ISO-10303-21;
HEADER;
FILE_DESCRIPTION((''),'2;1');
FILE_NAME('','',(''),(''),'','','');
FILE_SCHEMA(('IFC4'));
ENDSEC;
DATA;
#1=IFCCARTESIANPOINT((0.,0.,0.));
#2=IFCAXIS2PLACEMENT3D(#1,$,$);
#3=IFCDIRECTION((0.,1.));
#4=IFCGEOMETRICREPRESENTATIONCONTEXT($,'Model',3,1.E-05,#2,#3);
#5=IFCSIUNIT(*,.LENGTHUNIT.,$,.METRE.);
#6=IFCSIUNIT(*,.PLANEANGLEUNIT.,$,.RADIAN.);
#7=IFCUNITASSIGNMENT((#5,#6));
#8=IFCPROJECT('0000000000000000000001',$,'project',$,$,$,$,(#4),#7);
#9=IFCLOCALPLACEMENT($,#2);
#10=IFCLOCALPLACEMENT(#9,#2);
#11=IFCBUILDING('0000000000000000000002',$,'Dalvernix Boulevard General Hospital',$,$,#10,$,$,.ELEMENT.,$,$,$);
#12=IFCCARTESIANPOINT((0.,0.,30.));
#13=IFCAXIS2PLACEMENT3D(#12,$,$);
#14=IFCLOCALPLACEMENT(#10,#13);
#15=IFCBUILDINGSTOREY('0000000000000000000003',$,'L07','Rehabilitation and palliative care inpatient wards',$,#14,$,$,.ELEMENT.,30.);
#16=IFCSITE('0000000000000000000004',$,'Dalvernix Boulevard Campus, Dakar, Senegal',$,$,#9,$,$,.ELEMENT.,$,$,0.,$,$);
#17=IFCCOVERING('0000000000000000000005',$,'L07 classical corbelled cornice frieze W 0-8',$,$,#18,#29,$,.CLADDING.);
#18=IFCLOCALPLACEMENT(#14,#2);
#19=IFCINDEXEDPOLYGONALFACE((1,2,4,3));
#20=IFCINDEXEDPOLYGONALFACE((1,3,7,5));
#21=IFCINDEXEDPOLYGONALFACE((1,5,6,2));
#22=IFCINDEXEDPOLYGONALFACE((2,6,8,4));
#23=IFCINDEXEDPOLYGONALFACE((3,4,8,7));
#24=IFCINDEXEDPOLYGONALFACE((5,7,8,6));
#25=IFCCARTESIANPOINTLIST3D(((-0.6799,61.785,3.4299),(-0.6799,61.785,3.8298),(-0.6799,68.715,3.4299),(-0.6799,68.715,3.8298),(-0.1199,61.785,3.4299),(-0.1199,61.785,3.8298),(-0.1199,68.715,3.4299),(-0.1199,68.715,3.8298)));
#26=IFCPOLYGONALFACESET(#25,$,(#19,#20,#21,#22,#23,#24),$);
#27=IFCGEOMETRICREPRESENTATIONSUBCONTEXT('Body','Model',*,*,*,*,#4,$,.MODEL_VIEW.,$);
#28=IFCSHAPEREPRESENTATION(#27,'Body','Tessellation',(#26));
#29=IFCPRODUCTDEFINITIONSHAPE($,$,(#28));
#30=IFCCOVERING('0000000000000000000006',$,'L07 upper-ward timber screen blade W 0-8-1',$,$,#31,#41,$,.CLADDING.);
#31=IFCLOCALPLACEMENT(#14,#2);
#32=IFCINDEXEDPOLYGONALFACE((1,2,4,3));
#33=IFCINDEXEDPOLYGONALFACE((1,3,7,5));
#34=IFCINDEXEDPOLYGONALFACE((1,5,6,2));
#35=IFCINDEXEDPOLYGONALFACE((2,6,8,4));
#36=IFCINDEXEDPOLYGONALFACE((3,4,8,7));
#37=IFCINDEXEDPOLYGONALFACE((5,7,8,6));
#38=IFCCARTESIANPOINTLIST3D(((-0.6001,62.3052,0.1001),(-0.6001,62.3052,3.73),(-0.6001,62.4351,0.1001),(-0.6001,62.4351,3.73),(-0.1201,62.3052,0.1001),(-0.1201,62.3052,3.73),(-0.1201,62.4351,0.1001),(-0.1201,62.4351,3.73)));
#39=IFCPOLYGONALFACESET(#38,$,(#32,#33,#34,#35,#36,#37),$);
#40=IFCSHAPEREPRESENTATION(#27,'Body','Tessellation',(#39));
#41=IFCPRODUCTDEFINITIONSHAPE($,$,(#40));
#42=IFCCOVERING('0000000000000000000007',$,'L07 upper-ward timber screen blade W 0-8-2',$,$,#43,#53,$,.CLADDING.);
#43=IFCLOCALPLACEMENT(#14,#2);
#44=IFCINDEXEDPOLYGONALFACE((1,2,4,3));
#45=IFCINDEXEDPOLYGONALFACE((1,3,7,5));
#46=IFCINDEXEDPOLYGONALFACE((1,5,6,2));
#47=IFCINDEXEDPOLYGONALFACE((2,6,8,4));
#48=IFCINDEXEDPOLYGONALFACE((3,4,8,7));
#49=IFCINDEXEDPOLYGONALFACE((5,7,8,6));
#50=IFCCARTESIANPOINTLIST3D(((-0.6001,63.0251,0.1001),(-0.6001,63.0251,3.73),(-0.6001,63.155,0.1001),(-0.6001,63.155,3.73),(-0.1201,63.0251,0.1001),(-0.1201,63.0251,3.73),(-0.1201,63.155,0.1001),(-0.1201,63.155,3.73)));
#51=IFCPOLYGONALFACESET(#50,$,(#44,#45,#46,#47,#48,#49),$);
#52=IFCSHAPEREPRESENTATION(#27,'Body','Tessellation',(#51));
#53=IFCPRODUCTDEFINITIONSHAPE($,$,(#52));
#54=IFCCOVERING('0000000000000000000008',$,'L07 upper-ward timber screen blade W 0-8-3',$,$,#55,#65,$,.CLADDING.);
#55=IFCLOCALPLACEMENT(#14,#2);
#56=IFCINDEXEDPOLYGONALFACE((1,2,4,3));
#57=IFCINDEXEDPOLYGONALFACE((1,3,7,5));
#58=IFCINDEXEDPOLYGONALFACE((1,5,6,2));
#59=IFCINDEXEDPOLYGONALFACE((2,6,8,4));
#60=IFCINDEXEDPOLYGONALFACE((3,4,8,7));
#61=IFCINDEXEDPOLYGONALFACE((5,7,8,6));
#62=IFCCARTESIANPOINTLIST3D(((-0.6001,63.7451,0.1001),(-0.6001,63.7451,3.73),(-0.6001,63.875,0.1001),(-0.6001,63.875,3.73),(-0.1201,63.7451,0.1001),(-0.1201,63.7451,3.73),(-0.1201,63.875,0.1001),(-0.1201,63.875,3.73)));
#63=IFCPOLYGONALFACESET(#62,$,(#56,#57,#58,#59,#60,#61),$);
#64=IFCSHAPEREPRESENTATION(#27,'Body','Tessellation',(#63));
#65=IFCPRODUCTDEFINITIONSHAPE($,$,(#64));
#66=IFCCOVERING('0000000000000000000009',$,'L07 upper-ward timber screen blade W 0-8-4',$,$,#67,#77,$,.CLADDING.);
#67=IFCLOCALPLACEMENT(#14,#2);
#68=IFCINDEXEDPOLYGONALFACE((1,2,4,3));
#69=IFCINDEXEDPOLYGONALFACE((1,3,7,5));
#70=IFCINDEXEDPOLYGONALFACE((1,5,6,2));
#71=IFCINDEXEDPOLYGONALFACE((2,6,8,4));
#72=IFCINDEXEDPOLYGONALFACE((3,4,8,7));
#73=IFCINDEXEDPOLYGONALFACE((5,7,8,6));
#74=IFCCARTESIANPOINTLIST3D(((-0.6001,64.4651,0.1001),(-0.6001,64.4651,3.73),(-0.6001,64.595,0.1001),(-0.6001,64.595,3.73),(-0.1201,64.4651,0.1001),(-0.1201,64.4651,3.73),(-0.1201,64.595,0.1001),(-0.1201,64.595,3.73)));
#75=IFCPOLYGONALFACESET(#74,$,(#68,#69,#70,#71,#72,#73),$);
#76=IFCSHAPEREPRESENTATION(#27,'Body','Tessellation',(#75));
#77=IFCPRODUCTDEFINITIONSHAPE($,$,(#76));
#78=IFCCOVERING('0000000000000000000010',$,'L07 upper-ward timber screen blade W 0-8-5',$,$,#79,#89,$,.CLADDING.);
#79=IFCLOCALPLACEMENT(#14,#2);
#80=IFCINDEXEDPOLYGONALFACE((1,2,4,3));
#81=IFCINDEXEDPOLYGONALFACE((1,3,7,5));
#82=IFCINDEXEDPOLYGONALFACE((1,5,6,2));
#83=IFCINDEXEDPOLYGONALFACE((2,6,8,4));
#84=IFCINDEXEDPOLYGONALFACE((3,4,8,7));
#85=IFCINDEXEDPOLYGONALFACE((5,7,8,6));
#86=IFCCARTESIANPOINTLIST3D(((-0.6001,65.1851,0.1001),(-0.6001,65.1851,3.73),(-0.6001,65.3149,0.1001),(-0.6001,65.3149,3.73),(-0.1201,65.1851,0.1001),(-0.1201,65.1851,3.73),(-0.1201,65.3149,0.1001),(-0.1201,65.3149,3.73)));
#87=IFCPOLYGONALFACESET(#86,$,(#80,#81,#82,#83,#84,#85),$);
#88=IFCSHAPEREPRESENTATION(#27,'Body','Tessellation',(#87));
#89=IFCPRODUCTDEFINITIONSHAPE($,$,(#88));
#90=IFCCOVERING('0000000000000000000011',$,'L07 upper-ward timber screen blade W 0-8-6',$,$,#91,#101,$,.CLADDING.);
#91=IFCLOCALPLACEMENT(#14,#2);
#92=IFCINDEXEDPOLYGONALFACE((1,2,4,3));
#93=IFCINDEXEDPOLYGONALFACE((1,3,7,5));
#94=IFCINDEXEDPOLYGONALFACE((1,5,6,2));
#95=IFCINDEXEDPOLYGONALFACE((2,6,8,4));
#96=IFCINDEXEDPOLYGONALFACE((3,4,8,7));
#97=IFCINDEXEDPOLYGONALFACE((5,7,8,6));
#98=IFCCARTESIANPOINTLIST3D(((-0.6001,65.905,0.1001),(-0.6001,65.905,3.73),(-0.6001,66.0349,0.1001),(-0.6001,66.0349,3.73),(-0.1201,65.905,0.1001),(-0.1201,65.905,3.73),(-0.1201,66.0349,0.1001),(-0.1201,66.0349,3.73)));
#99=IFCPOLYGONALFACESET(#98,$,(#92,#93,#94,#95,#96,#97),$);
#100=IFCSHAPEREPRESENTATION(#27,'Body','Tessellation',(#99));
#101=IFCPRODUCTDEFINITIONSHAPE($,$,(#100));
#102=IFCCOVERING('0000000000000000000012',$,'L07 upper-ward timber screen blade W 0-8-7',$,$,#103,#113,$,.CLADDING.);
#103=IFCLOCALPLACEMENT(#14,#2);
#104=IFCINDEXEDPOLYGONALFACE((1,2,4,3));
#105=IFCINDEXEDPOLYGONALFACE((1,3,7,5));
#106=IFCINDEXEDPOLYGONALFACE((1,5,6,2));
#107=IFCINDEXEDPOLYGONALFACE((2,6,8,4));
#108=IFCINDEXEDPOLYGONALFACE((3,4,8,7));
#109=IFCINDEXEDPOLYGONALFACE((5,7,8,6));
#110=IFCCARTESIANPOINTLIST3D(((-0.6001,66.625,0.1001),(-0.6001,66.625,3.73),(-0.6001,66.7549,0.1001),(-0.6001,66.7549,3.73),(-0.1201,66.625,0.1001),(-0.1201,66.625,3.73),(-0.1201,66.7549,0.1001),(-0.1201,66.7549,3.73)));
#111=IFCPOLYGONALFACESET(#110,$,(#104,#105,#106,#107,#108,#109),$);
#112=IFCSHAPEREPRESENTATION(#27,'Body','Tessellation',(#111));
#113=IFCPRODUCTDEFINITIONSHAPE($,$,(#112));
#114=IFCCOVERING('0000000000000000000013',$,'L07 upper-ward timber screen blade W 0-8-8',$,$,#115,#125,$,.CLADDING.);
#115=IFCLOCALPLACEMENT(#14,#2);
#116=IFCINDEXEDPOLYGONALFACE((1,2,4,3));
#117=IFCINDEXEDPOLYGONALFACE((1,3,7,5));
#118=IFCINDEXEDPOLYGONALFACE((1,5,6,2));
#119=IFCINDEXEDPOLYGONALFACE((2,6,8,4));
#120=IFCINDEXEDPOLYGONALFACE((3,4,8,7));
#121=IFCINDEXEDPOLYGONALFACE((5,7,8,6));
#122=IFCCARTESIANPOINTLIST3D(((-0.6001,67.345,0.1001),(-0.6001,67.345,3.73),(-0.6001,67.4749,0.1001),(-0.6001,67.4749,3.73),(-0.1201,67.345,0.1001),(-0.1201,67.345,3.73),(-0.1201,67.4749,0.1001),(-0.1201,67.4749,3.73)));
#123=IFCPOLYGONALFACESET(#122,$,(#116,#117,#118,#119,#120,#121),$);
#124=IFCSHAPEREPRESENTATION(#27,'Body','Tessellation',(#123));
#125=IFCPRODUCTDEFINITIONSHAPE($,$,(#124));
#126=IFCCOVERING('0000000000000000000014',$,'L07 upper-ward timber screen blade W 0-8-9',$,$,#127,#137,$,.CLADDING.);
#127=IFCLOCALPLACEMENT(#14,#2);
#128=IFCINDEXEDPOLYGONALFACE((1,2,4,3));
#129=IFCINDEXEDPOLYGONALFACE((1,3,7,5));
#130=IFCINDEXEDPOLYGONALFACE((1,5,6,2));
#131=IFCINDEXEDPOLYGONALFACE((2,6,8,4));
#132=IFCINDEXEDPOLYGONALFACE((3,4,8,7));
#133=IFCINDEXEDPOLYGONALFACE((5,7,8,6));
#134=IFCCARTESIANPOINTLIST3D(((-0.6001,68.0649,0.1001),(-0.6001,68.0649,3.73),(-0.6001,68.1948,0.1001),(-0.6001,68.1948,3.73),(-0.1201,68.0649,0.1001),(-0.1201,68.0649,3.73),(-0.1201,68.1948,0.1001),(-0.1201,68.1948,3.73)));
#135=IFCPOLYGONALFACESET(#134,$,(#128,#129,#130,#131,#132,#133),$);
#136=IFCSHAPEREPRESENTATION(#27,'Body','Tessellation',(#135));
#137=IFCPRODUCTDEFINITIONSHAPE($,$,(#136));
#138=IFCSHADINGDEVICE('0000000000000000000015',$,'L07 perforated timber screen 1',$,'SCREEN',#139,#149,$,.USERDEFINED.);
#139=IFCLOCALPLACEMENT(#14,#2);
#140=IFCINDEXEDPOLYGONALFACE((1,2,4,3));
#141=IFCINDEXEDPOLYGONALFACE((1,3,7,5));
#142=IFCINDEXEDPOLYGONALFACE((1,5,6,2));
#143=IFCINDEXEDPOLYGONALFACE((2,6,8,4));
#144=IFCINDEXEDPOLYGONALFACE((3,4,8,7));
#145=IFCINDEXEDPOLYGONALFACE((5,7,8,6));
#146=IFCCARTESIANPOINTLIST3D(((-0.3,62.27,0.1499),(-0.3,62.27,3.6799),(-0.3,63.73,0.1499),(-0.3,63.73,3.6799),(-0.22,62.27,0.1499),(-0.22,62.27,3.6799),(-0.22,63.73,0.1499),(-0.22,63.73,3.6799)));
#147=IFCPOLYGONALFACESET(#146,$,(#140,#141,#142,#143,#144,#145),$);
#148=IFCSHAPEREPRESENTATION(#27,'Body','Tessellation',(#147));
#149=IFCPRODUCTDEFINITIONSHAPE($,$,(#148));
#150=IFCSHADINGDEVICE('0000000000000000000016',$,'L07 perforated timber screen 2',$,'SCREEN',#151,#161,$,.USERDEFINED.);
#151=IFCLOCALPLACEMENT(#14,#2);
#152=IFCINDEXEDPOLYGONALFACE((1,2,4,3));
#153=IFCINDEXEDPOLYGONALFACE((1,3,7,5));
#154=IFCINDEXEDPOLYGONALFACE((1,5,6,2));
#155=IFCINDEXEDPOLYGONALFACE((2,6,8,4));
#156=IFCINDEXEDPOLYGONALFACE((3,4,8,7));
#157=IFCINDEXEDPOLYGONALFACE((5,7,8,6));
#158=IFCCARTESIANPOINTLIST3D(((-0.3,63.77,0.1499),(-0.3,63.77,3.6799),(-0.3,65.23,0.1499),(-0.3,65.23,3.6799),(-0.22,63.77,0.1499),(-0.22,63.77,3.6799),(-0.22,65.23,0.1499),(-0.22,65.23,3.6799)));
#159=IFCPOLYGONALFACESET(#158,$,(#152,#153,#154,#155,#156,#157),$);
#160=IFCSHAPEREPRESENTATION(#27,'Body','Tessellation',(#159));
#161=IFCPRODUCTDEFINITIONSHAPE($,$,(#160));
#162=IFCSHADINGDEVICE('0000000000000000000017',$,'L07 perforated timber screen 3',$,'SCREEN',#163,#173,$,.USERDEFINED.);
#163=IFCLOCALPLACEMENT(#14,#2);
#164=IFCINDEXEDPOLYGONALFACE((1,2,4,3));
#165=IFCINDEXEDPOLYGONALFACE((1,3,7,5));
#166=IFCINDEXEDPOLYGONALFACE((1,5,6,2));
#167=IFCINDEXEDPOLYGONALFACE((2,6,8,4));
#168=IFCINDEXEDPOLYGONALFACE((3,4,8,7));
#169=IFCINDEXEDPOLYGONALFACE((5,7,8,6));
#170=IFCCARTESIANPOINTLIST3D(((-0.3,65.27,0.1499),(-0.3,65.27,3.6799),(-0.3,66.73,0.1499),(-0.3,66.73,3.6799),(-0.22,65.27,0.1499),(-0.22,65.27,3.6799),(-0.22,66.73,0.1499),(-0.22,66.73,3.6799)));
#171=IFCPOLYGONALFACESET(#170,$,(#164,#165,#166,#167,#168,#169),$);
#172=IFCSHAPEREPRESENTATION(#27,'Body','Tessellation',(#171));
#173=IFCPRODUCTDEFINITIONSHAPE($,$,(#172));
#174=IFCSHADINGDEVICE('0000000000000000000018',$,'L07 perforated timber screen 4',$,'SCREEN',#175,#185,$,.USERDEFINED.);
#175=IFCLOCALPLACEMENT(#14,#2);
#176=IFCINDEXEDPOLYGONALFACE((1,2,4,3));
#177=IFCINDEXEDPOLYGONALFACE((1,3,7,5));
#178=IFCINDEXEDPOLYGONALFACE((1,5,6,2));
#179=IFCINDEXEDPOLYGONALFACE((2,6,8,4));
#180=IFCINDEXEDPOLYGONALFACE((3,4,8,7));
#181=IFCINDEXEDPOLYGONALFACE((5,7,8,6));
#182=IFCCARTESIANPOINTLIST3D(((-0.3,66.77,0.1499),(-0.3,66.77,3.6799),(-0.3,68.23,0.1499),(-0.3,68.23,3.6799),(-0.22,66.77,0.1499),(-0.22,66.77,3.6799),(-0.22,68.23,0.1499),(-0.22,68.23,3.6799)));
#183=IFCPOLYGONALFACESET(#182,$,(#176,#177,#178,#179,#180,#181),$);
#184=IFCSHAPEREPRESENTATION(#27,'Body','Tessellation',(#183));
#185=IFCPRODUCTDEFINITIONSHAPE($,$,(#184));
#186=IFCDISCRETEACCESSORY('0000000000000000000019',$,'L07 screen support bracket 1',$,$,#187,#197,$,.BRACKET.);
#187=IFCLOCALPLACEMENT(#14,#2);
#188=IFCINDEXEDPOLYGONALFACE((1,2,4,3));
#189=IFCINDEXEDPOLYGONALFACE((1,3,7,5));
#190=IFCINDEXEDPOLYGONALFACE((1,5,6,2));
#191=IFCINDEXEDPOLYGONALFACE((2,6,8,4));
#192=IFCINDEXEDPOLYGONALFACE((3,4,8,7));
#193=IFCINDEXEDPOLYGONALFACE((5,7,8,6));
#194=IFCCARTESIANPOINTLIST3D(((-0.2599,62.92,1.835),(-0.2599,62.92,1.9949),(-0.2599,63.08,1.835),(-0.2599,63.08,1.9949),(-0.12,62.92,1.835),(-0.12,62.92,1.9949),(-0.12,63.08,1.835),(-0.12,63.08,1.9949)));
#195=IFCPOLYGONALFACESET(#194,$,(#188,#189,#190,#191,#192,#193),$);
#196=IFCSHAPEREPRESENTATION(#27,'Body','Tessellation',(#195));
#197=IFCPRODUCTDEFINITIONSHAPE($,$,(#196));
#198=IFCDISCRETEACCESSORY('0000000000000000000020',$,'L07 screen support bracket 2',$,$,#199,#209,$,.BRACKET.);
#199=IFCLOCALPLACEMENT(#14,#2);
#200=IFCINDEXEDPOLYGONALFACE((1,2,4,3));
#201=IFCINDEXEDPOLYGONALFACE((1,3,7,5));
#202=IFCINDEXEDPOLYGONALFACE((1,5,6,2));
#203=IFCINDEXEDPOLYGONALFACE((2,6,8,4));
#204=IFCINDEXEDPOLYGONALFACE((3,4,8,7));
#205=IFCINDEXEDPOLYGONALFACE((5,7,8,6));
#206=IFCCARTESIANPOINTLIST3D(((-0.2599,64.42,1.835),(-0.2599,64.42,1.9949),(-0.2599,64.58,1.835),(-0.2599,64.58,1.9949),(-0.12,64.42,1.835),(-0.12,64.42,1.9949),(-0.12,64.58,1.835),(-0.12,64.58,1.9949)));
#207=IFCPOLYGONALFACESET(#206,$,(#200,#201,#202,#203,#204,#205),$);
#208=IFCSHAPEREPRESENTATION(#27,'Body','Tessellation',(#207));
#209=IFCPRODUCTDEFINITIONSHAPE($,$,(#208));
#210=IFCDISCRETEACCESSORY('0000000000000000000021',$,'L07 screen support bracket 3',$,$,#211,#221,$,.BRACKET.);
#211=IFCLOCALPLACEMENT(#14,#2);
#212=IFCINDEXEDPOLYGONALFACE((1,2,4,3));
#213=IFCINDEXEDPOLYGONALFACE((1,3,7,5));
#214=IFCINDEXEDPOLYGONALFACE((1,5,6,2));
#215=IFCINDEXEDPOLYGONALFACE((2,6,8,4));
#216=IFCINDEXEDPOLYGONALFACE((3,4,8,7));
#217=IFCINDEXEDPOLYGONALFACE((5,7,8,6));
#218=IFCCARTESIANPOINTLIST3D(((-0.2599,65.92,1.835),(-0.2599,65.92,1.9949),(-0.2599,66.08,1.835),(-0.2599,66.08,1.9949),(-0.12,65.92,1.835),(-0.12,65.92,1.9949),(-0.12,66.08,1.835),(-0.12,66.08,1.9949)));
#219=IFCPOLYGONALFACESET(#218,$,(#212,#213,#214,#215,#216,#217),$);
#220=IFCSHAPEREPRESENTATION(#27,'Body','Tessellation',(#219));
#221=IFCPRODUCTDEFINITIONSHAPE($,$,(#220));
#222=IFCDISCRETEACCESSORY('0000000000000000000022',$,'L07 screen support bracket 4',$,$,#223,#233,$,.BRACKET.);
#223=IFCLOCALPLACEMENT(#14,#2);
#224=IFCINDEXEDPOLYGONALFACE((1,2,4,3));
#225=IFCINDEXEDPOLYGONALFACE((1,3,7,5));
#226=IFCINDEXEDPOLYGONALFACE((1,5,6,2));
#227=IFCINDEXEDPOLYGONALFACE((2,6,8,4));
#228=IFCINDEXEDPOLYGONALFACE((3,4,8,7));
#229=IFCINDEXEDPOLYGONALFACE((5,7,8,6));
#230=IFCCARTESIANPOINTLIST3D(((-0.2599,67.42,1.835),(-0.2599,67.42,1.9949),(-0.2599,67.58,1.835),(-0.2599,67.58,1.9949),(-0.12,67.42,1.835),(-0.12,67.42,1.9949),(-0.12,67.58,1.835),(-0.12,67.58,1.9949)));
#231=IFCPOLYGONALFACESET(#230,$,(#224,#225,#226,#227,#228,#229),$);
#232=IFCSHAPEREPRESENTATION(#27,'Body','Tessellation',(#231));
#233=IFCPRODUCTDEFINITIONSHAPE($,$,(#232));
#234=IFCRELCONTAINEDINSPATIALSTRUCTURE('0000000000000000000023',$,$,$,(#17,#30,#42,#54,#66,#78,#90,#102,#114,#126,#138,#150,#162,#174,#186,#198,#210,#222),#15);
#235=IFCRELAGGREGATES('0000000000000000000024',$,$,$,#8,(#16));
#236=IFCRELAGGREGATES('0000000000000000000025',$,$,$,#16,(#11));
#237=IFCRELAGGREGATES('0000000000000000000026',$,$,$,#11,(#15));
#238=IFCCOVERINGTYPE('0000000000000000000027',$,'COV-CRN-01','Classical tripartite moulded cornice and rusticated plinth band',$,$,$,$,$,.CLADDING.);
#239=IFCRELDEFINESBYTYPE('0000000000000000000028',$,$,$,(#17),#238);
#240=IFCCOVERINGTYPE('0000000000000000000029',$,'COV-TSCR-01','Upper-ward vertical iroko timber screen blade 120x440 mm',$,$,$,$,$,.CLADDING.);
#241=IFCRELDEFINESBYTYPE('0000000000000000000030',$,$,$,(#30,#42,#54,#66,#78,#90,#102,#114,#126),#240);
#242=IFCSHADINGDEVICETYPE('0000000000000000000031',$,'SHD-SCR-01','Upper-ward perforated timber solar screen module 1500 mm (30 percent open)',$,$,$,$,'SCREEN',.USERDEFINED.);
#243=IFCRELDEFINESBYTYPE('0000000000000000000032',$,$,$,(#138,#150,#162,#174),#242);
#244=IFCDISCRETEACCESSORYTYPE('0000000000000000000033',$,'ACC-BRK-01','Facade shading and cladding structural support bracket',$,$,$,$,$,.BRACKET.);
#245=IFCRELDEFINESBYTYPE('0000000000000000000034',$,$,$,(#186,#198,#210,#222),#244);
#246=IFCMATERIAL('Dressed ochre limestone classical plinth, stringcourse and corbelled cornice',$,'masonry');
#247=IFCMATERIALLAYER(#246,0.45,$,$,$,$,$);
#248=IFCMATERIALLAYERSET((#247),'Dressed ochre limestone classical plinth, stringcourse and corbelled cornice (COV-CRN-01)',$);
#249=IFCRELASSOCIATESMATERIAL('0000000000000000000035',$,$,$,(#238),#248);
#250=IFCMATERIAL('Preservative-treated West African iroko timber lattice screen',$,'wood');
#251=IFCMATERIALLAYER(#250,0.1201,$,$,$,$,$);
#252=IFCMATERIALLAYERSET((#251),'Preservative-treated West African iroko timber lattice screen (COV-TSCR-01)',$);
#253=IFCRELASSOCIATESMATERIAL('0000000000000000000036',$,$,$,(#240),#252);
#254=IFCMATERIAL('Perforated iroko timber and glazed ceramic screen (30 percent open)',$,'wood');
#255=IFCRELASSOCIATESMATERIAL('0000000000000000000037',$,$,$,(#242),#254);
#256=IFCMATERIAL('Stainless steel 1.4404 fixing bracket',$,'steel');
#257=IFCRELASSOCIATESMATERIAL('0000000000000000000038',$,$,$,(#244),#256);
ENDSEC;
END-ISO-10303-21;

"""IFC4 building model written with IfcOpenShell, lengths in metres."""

from ifc_helpers import new_model, si_unit, direction, frame, origin, origin_2d, place, context, subcontext, project, spatial, rectangle, extrude, material, layer, layer_set, type_object, element, save


model = new_model("IFC4")

# Units and contexts
model_context = context("Model", 3, precision=1e-05, world=origin(), true_north=direction((0.0, 1.0)))
body_context = subcontext(model_context, "Body", "Model", "MODEL_VIEW")
ifc_project = project(units=[si_unit("LENGTHUNIT", "METRE"), si_unit("PLANEANGLEUNIT", "RADIAN")], contexts=[model_context])

# Site, building, storey
site_placement = place(None, origin())
site = spatial("IfcSite", under=ifc_project, at=site_placement, Name="Dalvernix Boulevard Campus, Dakar, Senegal", CompositionType="ELEMENT", RefElevation=0.0)
building_placement = place(site_placement, origin())
building = spatial("IfcBuilding", under=site, at=building_placement, Name="Dalvernix Boulevard General Hospital", CompositionType="ELEMENT")
storey_placement = place(building_placement, frame((0.0, 0.0, 30.0)))
storey = spatial("IfcBuildingStorey", under=building, at=storey_placement, Name="L07", Description="Rehabilitation and palliative care inpatient wards", CompositionType="ELEMENT", Elevation=30.0)

# Coverings
ifc_material_1 = material(Name="Dressed ochre limestone classical plinth, stringcourse and corbelled cornice", Category="masonry")
ifc_layer_1 = layer(ifc_material_1, 0.45)
ifc_layer_set_1 = layer_set([ifc_layer_1], Name="Dressed ochre limestone classical plinth, stringcourse and corbelled cornice (COV-CRN-01)")
covering_type_1 = type_object("IfcCoveringType", Name="COV-CRN-01", Description="Classical tripartite moulded cornice and rusticated plinth band", PredefinedType="CLADDING", material=ifc_layer_set_1)
covering_placement = place(storey_placement, frame((-0.3999, 65.25, 3.4299), z_axis=(0.0, 0.0, 1.0), x_axis=(0.0, 1.0, 0.0)))
element("IfcCovering", 1, at=covering_placement, inside=storey, type_object=covering_type_1, Name="L07 classical corbelled cornice frieze W 0-8", PredefinedType="CLADDING", context=body_context, shape_type="SweptSolid", body=[
    extrude(rectangle(XDim=6.9299, YDim=0.5601, at=origin_2d()), origin(), (0.0, 0.0, 1.0), 0.3999),
])
ifc_material_2 = material(Name="Preservative-treated West African iroko timber lattice screen", Category="wood")
ifc_layer_2 = layer(ifc_material_2, 0.1201)
ifc_layer_set_2 = layer_set([ifc_layer_2], Name="Preservative-treated West African iroko timber lattice screen (COV-TSCR-01)")
covering_type_2 = type_object("IfcCoveringType", Name="COV-TSCR-01", Description="Upper-ward vertical iroko timber screen blade 120x440 mm", PredefinedType="CLADDING", material=ifc_layer_set_2)
for number, where, z_axis, x_axis, name in (
    (2, (-0.3601, 62.3701, 0.1001), (0.0, 0.0, 1.0), (0.0, 1.0, 0.0), "L07 upper-ward timber screen blade W 0-8-1"),
    (3, (-0.3601, 63.0901, 0.1001), (0.0, 0.0, 1.0), (0.0, 1.0, 0.0), "L07 upper-ward timber screen blade W 0-8-2"),
    (4, (-0.3601, 63.8101, 0.1001), (0.0, 0.0, 1.0), (0.0, 1.0, 0.0), "L07 upper-ward timber screen blade W 0-8-3"),
    (5, (-0.3601, 64.53, 0.1001), (0.0, 0.0, 1.0), (0.0, 1.0, 0.0), "L07 upper-ward timber screen blade W 0-8-4"),
    (6, (-0.3601, 65.25, 0.1001), (0.0, 0.0, 1.0), (0.0, 1.0, 0.0), "L07 upper-ward timber screen blade W 0-8-5"),
    (7, (-0.3601, 65.97, 0.1001), (0.0, 0.0, 1.0), (0.0, 1.0, 0.0), "L07 upper-ward timber screen blade W 0-8-6"),
    (8, (-0.3601, 66.6899, 0.1001), (0.0, 0.0, 1.0), (0.0, 1.0, 0.0), "L07 upper-ward timber screen blade W 0-8-7"),
    (9, (-0.3601, 67.4099, 0.1001), (0.0, 0.0, 1.0), (0.0, 1.0, 0.0), "L07 upper-ward timber screen blade W 0-8-8"),
    (10, (-0.3601, 68.1299, 0.1001), (0.0, 0.0, 1.0), (0.0, 1.0, 0.0), "L07 upper-ward timber screen blade W 0-8-9"),
):
    element("IfcCovering", number, at=place(storey_placement, frame(where, z_axis=z_axis, x_axis=x_axis)), inside=storey, type_object=covering_type_2, Name=name, PredefinedType="CLADDING", context=body_context, shape_type="SweptSolid", body=[
        extrude(rectangle(XDim=0.1299, YDim=0.48, at=origin_2d()), origin(), (0.0, 0.0, 1.0), 3.6299),
    ])

# Shading devices
ifc_material_3 = material(Name="Perforated iroko timber and glazed ceramic screen (30 percent open)", Category="wood")
shading_device_type = type_object("IfcShadingDeviceType", Name="SHD-SCR-01", Description="Upper-ward perforated timber solar screen module 1500 mm (30 percent open)", ElementType="SCREEN", PredefinedType="USERDEFINED", material=ifc_material_3)
for number, where, z_axis, x_axis, name in (
    (11, (-0.26, 63.0, 0.1499), (0.0, 0.0, 1.0), (0.0, 1.0, 0.0), "L07 perforated timber screen 1"),
    (12, (-0.26, 64.5, 0.1499), (0.0, 0.0, 1.0), (0.0, 1.0, 0.0), "L07 perforated timber screen 2"),
    (13, (-0.26, 66.0, 0.1499), (0.0, 0.0, 1.0), (0.0, 1.0, 0.0), "L07 perforated timber screen 3"),
    (14, (-0.26, 67.5, 0.1499), (0.0, 0.0, 1.0), (0.0, 1.0, 0.0), "L07 perforated timber screen 4"),
):
    element("IfcShadingDevice", number, at=place(storey_placement, frame(where, z_axis=z_axis, x_axis=x_axis)), inside=storey, type_object=shading_device_type, Name=name, ObjectType="SCREEN", PredefinedType="USERDEFINED", context=body_context, shape_type="SweptSolid", body=[
        extrude(rectangle(XDim=1.46, YDim=0.0801, at=origin_2d()), origin(), (0.0, 0.0, 1.0), 3.53),
    ])

# Discrete accessories
ifc_material_4 = material(Name="Stainless steel 1.4404 fixing bracket", Category="steel")
discrete_accessory_type = type_object("IfcDiscreteAccessoryType", Name="ACC-BRK-01", Description="Facade shading and cladding structural support bracket", PredefinedType="BRACKET", material=ifc_material_4)
for number, where, z_axis, x_axis, name in (
    (15, (-0.1899, 63.0, 1.835), (0.0, 0.0, 1.0), (0.0, 1.0, 0.0), "L07 screen support bracket 1"),
    (16, (-0.1899, 64.5, 1.835), (0.0, 0.0, 1.0), (0.0, 1.0, 0.0), "L07 screen support bracket 2"),
    (17, (-0.1899, 66.0, 1.835), (0.0, 0.0, 1.0), (0.0, 1.0, 0.0), "L07 screen support bracket 3"),
    (18, (-0.1899, 67.5, 1.835), (0.0, 0.0, 1.0), (0.0, 1.0, 0.0), "L07 screen support bracket 4"),
):
    element("IfcDiscreteAccessory", number, at=place(storey_placement, frame(where, z_axis=z_axis, x_axis=x_axis)), inside=storey, type_object=discrete_accessory_type, Name=name, PredefinedType="BRACKET", context=body_context, shape_type="SweptSolid", body=[
        extrude(rectangle(XDim=0.1599, YDim=0.1399, at=origin_2d()), origin(), (0.0, 0.0, 1.0), 0.1599),
    ])

save(model, "model.ifc")
